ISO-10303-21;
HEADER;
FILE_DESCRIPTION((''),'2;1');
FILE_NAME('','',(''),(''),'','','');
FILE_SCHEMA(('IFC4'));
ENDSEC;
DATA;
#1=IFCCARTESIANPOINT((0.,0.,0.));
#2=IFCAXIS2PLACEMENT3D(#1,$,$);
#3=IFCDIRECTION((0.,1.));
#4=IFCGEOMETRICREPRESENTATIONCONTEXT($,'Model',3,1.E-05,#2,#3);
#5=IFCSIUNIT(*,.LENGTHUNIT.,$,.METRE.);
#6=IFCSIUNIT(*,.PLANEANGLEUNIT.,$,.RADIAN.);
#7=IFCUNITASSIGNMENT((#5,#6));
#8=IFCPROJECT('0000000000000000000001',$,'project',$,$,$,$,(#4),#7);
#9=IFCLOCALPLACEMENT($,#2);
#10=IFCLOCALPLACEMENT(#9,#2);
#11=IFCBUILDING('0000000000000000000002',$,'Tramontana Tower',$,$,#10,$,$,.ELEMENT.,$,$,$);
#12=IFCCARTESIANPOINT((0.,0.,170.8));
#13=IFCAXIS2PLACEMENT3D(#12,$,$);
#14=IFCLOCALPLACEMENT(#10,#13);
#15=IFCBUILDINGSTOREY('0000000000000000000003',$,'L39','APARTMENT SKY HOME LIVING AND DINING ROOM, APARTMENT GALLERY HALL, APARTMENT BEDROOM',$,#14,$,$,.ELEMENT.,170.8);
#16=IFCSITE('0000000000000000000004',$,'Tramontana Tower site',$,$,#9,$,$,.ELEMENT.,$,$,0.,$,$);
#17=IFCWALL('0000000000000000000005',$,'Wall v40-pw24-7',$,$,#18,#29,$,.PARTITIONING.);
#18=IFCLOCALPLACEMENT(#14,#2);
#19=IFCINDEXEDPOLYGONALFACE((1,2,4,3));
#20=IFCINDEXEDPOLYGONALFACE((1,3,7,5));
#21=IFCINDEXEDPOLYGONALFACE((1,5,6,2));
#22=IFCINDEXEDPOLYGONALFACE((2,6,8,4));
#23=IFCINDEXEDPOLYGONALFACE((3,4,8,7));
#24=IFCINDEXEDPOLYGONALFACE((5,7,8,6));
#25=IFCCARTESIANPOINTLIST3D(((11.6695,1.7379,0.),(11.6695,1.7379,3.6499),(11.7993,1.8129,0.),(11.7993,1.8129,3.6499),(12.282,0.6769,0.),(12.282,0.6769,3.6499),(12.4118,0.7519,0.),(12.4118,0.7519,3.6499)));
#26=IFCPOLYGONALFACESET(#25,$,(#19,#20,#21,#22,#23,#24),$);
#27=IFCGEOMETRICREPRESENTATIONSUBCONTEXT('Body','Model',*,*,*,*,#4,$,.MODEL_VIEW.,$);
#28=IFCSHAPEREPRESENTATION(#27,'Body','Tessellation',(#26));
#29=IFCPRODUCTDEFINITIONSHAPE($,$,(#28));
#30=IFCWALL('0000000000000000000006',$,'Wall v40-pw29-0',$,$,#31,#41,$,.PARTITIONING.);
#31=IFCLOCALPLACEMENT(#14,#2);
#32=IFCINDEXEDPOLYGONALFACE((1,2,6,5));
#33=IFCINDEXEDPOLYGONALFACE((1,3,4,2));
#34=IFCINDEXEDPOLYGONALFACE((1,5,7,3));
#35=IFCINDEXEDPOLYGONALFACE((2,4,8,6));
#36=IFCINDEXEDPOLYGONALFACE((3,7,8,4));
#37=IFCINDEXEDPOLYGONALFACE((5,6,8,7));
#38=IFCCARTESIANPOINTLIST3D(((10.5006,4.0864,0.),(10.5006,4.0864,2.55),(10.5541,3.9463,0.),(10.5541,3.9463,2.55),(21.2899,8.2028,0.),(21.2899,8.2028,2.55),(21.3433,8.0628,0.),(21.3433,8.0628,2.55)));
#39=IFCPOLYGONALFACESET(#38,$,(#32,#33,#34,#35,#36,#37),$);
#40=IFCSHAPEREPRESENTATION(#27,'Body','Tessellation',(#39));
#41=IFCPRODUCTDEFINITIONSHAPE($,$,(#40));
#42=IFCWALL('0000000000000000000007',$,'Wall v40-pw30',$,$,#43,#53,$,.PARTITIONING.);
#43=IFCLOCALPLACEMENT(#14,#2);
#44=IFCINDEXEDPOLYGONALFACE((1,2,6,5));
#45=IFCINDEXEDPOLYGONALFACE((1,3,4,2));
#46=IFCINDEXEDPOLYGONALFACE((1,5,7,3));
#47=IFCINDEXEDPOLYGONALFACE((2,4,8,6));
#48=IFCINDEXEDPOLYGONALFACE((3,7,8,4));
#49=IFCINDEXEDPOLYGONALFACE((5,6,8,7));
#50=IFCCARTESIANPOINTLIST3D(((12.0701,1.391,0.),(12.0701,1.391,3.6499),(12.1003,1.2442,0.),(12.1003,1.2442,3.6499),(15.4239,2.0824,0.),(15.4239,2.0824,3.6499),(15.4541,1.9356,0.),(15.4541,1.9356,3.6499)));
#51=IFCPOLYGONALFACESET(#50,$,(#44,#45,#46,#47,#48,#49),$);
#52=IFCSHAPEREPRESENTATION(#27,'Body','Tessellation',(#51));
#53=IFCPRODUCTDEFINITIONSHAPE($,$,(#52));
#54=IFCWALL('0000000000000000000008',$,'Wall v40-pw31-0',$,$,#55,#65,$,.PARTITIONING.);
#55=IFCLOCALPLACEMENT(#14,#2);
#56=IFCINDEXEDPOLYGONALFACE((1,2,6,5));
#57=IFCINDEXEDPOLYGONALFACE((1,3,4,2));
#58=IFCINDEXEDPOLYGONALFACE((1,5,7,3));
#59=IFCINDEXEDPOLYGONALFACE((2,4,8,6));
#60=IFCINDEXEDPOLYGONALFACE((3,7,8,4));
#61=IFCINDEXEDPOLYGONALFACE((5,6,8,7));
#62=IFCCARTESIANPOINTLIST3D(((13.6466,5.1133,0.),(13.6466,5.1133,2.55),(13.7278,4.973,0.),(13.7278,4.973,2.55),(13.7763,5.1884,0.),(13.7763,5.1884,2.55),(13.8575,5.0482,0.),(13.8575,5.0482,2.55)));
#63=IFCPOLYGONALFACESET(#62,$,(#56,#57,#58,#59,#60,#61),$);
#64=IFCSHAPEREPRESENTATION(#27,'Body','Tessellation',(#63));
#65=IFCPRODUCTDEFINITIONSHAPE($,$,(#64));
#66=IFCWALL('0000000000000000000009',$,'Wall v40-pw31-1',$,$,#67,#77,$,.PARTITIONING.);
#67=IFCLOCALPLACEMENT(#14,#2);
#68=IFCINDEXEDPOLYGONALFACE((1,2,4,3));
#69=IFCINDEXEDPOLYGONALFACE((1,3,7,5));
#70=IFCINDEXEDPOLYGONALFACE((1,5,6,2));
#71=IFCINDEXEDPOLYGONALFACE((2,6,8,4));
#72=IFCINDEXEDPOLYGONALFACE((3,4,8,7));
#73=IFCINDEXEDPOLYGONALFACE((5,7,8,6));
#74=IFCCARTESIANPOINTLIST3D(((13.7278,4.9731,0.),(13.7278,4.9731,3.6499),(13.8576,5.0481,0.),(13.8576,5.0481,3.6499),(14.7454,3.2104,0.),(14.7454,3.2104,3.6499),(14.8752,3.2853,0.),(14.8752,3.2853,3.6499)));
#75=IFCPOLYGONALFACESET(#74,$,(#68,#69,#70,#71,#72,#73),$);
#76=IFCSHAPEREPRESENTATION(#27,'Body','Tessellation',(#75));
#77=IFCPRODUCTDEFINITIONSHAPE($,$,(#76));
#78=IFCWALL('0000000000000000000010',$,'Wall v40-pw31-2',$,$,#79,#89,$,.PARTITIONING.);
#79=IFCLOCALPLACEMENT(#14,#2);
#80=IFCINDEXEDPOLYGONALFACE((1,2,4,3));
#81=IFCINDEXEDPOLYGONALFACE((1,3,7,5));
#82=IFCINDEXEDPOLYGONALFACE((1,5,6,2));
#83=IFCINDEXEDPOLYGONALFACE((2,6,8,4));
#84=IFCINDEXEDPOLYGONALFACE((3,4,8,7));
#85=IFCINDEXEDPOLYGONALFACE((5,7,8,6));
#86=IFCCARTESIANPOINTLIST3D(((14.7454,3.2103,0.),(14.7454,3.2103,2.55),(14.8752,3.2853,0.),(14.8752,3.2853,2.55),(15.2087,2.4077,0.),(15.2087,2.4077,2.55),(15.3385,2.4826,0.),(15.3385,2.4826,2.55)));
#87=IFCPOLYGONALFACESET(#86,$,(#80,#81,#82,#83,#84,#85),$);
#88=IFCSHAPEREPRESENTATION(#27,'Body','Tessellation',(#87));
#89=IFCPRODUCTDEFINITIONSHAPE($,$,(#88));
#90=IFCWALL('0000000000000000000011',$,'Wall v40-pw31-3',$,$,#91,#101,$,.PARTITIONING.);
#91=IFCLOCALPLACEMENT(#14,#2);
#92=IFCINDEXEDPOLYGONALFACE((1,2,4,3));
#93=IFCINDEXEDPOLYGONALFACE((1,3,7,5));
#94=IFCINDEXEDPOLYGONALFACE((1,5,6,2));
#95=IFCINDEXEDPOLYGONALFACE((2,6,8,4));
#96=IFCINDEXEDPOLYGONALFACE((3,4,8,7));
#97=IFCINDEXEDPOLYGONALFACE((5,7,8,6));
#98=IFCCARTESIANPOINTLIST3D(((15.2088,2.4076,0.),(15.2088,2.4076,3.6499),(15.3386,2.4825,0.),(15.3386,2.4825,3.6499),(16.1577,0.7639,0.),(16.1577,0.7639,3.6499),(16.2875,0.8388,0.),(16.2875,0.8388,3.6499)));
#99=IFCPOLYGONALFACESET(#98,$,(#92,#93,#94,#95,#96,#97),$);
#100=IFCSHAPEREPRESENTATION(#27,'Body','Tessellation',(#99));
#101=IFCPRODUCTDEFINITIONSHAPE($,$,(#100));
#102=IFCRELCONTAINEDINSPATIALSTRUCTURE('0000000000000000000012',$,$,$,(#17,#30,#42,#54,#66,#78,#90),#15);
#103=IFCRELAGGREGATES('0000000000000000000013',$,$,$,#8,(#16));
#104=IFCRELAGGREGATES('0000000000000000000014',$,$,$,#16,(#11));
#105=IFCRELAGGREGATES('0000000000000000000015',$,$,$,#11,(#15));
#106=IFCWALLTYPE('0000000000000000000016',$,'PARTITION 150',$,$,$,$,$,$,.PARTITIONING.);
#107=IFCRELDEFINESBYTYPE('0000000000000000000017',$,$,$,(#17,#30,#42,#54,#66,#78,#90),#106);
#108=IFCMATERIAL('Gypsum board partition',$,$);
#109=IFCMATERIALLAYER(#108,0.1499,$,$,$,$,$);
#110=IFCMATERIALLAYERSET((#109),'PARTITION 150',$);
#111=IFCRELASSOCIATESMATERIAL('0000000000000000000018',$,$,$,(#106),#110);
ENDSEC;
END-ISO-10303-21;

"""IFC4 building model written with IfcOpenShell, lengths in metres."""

from ifc_helpers import new_model, si_unit, direction, frame, frame_2d, origin, place, context, subcontext, project, spatial, rectangle, extrude, material, layer, layer_set, type_object, element, save


model = new_model("IFC4")

# Units and contexts
model_context = context("Model", 3, precision=1e-05, world=origin(), true_north=direction((0.0, 1.0)))
body_context = subcontext(model_context, "Body", "Model", "MODEL_VIEW")
ifc_project = project(units=[si_unit("LENGTHUNIT", "METRE"), si_unit("PLANEANGLEUNIT", "RADIAN")], contexts=[model_context])

# Site, building, storey
site_placement = place(None, origin())
site = spatial("IfcSite", under=ifc_project, at=site_placement, Name="Tramontana Tower site", CompositionType="ELEMENT", RefElevation=0.0)
building_placement = place(site_placement, origin())
building = spatial("IfcBuilding", under=site, at=building_placement, Name="Tramontana Tower", CompositionType="ELEMENT")
storey_placement = place(building_placement, frame((0.0, 0.0, 170.8)))
storey = spatial("IfcBuildingStorey", under=building, at=storey_placement, Name="L39", Description="APARTMENT SKY HOME LIVING AND DINING ROOM, APARTMENT GALLERY HALL, APARTMENT BEDROOM", CompositionType="ELEMENT", Elevation=170.8)

# Shared definitions
ifc_material_1 = material(Name="Gypsum board partition")
ifc_layer_1 = layer(ifc_material_1, 0.1499)
ifc_layer_set_1 = layer_set([ifc_layer_1], Name="PARTITION 150")
wall_type_1 = type_object("IfcWallType", Name="PARTITION 150", PredefinedType="PARTITIONING", material=ifc_layer_set_1)

# Wall
wall_1_placement = place(storey_placement, frame((11.7344, 1.7754, 0.0), z_axis=(0.0, 0.0, 1.0), x_axis=(0.499975, -0.86604, 0.0)))
element("IfcWall", 1, at=wall_1_placement, inside=storey, type_object=wall_type_1, Name="Wall v40-pw24-7", PredefinedType="PARTITIONING", context=body_context, shape_type="SweptSolid", body=[
    extrude(rectangle(XDim=1.2251, YDim=0.1499, at=frame_2d((0.6125, 0.0))), origin(), (0.0, 0.0, 1.0), 3.6499),
])

# Walls
wall_2_placement = place(storey_placement, frame((10.5273, 4.0164, 0.0), z_axis=(0.0, 0.0, 1.0), x_axis=(0.934308, 0.356467, 0.0)))
element("IfcWall", 2, at=wall_2_placement, inside=storey, type_object=wall_type_1, Name="Wall v40-pw29-0", PredefinedType="PARTITIONING", context=body_context, shape_type="SweptSolid", body=[
    extrude(rectangle(XDim=11.5479, YDim=0.1499, at=frame_2d((5.7739, 0.0))), origin(), (0.0, 0.0, 1.0), 2.55),
])
wall_3_placement = place(storey_placement, frame((12.0852, 1.3176, 0.0), z_axis=(0.0, 0.0, 1.0), x_axis=(0.979404, 0.201912, 0.0)))
element("IfcWall", 3, at=wall_3_placement, inside=storey, type_object=wall_type_1, Name="Wall v40-pw30", PredefinedType="PARTITIONING", context=body_context, shape_type="SweptSolid", body=[
    extrude(rectangle(XDim=3.4243, YDim=0.1499, at=frame_2d((1.7122, 0.0))), origin(), (0.0, 0.0, 1.0), 3.6499),
])
wall_4_placement = place(storey_placement, frame((13.7114, 5.1509, 0.0), z_axis=(0.0, 0.0, 1.0), x_axis=(0.501155, -0.865358, 0.0)))
element("IfcWall", 4, at=wall_4_placement, inside=storey, type_object=wall_type_1, Name="Wall v40-pw31-0", PredefinedType="PARTITIONING", context=body_context, shape_type="SweptSolid", body=[
    extrude(rectangle(XDim=0.1621, YDim=0.1499, at=frame_2d((0.0811, 0.0))), origin(), (0.0, 0.0, 1.0), 2.55),
])
wall_5_placement = place(storey_placement, frame((13.7927, 5.0105, 0.0), z_axis=(0.0, 0.0, 1.0), x_axis=(0.499958, -0.86605, 0.0)))
element("IfcWall", 5, at=wall_5_placement, inside=storey, type_object=wall_type_1, Name="Wall v40-pw31-1", PredefinedType="PARTITIONING", context=body_context, shape_type="SweptSolid", body=[
    extrude(rectangle(XDim=2.0354, YDim=0.1499, at=frame_2d((1.0176, 0.0))), origin(), (0.0, 0.0, 1.0), 3.6499),
])
wall_6_placement = place(storey_placement, frame((14.8103, 3.2478, 0.0), z_axis=(0.0, 0.0, 1.0), x_axis=(0.499935, -0.866063, 0.0)))
element("IfcWall", 6, at=wall_6_placement, inside=storey, type_object=wall_type_1, Name="Wall v40-pw31-2", PredefinedType="PARTITIONING", context=body_context, shape_type="SweptSolid", body=[
    extrude(rectangle(XDim=0.9268, YDim=0.1499, at=frame_2d((0.4634, 0.0))), origin(), (0.0, 0.0, 1.0), 2.55),
])
wall_7_placement = place(storey_placement, frame((15.2737, 2.4451, 0.0), z_axis=(0.0, 0.0, 1.0), x_axis=(0.499971, -0.866042, 0.0)))
element("IfcWall", 7, at=wall_7_placement, inside=storey, type_object=wall_type_1, Name="Wall v40-pw31-3", PredefinedType="PARTITIONING", context=body_context, shape_type="SweptSolid", body=[
    extrude(rectangle(XDim=1.8979, YDim=0.1499, at=frame_2d((0.949, 0.0))), origin(), (0.0, 0.0, 1.0), 3.6499),
])

save(model, "model.ifc")
